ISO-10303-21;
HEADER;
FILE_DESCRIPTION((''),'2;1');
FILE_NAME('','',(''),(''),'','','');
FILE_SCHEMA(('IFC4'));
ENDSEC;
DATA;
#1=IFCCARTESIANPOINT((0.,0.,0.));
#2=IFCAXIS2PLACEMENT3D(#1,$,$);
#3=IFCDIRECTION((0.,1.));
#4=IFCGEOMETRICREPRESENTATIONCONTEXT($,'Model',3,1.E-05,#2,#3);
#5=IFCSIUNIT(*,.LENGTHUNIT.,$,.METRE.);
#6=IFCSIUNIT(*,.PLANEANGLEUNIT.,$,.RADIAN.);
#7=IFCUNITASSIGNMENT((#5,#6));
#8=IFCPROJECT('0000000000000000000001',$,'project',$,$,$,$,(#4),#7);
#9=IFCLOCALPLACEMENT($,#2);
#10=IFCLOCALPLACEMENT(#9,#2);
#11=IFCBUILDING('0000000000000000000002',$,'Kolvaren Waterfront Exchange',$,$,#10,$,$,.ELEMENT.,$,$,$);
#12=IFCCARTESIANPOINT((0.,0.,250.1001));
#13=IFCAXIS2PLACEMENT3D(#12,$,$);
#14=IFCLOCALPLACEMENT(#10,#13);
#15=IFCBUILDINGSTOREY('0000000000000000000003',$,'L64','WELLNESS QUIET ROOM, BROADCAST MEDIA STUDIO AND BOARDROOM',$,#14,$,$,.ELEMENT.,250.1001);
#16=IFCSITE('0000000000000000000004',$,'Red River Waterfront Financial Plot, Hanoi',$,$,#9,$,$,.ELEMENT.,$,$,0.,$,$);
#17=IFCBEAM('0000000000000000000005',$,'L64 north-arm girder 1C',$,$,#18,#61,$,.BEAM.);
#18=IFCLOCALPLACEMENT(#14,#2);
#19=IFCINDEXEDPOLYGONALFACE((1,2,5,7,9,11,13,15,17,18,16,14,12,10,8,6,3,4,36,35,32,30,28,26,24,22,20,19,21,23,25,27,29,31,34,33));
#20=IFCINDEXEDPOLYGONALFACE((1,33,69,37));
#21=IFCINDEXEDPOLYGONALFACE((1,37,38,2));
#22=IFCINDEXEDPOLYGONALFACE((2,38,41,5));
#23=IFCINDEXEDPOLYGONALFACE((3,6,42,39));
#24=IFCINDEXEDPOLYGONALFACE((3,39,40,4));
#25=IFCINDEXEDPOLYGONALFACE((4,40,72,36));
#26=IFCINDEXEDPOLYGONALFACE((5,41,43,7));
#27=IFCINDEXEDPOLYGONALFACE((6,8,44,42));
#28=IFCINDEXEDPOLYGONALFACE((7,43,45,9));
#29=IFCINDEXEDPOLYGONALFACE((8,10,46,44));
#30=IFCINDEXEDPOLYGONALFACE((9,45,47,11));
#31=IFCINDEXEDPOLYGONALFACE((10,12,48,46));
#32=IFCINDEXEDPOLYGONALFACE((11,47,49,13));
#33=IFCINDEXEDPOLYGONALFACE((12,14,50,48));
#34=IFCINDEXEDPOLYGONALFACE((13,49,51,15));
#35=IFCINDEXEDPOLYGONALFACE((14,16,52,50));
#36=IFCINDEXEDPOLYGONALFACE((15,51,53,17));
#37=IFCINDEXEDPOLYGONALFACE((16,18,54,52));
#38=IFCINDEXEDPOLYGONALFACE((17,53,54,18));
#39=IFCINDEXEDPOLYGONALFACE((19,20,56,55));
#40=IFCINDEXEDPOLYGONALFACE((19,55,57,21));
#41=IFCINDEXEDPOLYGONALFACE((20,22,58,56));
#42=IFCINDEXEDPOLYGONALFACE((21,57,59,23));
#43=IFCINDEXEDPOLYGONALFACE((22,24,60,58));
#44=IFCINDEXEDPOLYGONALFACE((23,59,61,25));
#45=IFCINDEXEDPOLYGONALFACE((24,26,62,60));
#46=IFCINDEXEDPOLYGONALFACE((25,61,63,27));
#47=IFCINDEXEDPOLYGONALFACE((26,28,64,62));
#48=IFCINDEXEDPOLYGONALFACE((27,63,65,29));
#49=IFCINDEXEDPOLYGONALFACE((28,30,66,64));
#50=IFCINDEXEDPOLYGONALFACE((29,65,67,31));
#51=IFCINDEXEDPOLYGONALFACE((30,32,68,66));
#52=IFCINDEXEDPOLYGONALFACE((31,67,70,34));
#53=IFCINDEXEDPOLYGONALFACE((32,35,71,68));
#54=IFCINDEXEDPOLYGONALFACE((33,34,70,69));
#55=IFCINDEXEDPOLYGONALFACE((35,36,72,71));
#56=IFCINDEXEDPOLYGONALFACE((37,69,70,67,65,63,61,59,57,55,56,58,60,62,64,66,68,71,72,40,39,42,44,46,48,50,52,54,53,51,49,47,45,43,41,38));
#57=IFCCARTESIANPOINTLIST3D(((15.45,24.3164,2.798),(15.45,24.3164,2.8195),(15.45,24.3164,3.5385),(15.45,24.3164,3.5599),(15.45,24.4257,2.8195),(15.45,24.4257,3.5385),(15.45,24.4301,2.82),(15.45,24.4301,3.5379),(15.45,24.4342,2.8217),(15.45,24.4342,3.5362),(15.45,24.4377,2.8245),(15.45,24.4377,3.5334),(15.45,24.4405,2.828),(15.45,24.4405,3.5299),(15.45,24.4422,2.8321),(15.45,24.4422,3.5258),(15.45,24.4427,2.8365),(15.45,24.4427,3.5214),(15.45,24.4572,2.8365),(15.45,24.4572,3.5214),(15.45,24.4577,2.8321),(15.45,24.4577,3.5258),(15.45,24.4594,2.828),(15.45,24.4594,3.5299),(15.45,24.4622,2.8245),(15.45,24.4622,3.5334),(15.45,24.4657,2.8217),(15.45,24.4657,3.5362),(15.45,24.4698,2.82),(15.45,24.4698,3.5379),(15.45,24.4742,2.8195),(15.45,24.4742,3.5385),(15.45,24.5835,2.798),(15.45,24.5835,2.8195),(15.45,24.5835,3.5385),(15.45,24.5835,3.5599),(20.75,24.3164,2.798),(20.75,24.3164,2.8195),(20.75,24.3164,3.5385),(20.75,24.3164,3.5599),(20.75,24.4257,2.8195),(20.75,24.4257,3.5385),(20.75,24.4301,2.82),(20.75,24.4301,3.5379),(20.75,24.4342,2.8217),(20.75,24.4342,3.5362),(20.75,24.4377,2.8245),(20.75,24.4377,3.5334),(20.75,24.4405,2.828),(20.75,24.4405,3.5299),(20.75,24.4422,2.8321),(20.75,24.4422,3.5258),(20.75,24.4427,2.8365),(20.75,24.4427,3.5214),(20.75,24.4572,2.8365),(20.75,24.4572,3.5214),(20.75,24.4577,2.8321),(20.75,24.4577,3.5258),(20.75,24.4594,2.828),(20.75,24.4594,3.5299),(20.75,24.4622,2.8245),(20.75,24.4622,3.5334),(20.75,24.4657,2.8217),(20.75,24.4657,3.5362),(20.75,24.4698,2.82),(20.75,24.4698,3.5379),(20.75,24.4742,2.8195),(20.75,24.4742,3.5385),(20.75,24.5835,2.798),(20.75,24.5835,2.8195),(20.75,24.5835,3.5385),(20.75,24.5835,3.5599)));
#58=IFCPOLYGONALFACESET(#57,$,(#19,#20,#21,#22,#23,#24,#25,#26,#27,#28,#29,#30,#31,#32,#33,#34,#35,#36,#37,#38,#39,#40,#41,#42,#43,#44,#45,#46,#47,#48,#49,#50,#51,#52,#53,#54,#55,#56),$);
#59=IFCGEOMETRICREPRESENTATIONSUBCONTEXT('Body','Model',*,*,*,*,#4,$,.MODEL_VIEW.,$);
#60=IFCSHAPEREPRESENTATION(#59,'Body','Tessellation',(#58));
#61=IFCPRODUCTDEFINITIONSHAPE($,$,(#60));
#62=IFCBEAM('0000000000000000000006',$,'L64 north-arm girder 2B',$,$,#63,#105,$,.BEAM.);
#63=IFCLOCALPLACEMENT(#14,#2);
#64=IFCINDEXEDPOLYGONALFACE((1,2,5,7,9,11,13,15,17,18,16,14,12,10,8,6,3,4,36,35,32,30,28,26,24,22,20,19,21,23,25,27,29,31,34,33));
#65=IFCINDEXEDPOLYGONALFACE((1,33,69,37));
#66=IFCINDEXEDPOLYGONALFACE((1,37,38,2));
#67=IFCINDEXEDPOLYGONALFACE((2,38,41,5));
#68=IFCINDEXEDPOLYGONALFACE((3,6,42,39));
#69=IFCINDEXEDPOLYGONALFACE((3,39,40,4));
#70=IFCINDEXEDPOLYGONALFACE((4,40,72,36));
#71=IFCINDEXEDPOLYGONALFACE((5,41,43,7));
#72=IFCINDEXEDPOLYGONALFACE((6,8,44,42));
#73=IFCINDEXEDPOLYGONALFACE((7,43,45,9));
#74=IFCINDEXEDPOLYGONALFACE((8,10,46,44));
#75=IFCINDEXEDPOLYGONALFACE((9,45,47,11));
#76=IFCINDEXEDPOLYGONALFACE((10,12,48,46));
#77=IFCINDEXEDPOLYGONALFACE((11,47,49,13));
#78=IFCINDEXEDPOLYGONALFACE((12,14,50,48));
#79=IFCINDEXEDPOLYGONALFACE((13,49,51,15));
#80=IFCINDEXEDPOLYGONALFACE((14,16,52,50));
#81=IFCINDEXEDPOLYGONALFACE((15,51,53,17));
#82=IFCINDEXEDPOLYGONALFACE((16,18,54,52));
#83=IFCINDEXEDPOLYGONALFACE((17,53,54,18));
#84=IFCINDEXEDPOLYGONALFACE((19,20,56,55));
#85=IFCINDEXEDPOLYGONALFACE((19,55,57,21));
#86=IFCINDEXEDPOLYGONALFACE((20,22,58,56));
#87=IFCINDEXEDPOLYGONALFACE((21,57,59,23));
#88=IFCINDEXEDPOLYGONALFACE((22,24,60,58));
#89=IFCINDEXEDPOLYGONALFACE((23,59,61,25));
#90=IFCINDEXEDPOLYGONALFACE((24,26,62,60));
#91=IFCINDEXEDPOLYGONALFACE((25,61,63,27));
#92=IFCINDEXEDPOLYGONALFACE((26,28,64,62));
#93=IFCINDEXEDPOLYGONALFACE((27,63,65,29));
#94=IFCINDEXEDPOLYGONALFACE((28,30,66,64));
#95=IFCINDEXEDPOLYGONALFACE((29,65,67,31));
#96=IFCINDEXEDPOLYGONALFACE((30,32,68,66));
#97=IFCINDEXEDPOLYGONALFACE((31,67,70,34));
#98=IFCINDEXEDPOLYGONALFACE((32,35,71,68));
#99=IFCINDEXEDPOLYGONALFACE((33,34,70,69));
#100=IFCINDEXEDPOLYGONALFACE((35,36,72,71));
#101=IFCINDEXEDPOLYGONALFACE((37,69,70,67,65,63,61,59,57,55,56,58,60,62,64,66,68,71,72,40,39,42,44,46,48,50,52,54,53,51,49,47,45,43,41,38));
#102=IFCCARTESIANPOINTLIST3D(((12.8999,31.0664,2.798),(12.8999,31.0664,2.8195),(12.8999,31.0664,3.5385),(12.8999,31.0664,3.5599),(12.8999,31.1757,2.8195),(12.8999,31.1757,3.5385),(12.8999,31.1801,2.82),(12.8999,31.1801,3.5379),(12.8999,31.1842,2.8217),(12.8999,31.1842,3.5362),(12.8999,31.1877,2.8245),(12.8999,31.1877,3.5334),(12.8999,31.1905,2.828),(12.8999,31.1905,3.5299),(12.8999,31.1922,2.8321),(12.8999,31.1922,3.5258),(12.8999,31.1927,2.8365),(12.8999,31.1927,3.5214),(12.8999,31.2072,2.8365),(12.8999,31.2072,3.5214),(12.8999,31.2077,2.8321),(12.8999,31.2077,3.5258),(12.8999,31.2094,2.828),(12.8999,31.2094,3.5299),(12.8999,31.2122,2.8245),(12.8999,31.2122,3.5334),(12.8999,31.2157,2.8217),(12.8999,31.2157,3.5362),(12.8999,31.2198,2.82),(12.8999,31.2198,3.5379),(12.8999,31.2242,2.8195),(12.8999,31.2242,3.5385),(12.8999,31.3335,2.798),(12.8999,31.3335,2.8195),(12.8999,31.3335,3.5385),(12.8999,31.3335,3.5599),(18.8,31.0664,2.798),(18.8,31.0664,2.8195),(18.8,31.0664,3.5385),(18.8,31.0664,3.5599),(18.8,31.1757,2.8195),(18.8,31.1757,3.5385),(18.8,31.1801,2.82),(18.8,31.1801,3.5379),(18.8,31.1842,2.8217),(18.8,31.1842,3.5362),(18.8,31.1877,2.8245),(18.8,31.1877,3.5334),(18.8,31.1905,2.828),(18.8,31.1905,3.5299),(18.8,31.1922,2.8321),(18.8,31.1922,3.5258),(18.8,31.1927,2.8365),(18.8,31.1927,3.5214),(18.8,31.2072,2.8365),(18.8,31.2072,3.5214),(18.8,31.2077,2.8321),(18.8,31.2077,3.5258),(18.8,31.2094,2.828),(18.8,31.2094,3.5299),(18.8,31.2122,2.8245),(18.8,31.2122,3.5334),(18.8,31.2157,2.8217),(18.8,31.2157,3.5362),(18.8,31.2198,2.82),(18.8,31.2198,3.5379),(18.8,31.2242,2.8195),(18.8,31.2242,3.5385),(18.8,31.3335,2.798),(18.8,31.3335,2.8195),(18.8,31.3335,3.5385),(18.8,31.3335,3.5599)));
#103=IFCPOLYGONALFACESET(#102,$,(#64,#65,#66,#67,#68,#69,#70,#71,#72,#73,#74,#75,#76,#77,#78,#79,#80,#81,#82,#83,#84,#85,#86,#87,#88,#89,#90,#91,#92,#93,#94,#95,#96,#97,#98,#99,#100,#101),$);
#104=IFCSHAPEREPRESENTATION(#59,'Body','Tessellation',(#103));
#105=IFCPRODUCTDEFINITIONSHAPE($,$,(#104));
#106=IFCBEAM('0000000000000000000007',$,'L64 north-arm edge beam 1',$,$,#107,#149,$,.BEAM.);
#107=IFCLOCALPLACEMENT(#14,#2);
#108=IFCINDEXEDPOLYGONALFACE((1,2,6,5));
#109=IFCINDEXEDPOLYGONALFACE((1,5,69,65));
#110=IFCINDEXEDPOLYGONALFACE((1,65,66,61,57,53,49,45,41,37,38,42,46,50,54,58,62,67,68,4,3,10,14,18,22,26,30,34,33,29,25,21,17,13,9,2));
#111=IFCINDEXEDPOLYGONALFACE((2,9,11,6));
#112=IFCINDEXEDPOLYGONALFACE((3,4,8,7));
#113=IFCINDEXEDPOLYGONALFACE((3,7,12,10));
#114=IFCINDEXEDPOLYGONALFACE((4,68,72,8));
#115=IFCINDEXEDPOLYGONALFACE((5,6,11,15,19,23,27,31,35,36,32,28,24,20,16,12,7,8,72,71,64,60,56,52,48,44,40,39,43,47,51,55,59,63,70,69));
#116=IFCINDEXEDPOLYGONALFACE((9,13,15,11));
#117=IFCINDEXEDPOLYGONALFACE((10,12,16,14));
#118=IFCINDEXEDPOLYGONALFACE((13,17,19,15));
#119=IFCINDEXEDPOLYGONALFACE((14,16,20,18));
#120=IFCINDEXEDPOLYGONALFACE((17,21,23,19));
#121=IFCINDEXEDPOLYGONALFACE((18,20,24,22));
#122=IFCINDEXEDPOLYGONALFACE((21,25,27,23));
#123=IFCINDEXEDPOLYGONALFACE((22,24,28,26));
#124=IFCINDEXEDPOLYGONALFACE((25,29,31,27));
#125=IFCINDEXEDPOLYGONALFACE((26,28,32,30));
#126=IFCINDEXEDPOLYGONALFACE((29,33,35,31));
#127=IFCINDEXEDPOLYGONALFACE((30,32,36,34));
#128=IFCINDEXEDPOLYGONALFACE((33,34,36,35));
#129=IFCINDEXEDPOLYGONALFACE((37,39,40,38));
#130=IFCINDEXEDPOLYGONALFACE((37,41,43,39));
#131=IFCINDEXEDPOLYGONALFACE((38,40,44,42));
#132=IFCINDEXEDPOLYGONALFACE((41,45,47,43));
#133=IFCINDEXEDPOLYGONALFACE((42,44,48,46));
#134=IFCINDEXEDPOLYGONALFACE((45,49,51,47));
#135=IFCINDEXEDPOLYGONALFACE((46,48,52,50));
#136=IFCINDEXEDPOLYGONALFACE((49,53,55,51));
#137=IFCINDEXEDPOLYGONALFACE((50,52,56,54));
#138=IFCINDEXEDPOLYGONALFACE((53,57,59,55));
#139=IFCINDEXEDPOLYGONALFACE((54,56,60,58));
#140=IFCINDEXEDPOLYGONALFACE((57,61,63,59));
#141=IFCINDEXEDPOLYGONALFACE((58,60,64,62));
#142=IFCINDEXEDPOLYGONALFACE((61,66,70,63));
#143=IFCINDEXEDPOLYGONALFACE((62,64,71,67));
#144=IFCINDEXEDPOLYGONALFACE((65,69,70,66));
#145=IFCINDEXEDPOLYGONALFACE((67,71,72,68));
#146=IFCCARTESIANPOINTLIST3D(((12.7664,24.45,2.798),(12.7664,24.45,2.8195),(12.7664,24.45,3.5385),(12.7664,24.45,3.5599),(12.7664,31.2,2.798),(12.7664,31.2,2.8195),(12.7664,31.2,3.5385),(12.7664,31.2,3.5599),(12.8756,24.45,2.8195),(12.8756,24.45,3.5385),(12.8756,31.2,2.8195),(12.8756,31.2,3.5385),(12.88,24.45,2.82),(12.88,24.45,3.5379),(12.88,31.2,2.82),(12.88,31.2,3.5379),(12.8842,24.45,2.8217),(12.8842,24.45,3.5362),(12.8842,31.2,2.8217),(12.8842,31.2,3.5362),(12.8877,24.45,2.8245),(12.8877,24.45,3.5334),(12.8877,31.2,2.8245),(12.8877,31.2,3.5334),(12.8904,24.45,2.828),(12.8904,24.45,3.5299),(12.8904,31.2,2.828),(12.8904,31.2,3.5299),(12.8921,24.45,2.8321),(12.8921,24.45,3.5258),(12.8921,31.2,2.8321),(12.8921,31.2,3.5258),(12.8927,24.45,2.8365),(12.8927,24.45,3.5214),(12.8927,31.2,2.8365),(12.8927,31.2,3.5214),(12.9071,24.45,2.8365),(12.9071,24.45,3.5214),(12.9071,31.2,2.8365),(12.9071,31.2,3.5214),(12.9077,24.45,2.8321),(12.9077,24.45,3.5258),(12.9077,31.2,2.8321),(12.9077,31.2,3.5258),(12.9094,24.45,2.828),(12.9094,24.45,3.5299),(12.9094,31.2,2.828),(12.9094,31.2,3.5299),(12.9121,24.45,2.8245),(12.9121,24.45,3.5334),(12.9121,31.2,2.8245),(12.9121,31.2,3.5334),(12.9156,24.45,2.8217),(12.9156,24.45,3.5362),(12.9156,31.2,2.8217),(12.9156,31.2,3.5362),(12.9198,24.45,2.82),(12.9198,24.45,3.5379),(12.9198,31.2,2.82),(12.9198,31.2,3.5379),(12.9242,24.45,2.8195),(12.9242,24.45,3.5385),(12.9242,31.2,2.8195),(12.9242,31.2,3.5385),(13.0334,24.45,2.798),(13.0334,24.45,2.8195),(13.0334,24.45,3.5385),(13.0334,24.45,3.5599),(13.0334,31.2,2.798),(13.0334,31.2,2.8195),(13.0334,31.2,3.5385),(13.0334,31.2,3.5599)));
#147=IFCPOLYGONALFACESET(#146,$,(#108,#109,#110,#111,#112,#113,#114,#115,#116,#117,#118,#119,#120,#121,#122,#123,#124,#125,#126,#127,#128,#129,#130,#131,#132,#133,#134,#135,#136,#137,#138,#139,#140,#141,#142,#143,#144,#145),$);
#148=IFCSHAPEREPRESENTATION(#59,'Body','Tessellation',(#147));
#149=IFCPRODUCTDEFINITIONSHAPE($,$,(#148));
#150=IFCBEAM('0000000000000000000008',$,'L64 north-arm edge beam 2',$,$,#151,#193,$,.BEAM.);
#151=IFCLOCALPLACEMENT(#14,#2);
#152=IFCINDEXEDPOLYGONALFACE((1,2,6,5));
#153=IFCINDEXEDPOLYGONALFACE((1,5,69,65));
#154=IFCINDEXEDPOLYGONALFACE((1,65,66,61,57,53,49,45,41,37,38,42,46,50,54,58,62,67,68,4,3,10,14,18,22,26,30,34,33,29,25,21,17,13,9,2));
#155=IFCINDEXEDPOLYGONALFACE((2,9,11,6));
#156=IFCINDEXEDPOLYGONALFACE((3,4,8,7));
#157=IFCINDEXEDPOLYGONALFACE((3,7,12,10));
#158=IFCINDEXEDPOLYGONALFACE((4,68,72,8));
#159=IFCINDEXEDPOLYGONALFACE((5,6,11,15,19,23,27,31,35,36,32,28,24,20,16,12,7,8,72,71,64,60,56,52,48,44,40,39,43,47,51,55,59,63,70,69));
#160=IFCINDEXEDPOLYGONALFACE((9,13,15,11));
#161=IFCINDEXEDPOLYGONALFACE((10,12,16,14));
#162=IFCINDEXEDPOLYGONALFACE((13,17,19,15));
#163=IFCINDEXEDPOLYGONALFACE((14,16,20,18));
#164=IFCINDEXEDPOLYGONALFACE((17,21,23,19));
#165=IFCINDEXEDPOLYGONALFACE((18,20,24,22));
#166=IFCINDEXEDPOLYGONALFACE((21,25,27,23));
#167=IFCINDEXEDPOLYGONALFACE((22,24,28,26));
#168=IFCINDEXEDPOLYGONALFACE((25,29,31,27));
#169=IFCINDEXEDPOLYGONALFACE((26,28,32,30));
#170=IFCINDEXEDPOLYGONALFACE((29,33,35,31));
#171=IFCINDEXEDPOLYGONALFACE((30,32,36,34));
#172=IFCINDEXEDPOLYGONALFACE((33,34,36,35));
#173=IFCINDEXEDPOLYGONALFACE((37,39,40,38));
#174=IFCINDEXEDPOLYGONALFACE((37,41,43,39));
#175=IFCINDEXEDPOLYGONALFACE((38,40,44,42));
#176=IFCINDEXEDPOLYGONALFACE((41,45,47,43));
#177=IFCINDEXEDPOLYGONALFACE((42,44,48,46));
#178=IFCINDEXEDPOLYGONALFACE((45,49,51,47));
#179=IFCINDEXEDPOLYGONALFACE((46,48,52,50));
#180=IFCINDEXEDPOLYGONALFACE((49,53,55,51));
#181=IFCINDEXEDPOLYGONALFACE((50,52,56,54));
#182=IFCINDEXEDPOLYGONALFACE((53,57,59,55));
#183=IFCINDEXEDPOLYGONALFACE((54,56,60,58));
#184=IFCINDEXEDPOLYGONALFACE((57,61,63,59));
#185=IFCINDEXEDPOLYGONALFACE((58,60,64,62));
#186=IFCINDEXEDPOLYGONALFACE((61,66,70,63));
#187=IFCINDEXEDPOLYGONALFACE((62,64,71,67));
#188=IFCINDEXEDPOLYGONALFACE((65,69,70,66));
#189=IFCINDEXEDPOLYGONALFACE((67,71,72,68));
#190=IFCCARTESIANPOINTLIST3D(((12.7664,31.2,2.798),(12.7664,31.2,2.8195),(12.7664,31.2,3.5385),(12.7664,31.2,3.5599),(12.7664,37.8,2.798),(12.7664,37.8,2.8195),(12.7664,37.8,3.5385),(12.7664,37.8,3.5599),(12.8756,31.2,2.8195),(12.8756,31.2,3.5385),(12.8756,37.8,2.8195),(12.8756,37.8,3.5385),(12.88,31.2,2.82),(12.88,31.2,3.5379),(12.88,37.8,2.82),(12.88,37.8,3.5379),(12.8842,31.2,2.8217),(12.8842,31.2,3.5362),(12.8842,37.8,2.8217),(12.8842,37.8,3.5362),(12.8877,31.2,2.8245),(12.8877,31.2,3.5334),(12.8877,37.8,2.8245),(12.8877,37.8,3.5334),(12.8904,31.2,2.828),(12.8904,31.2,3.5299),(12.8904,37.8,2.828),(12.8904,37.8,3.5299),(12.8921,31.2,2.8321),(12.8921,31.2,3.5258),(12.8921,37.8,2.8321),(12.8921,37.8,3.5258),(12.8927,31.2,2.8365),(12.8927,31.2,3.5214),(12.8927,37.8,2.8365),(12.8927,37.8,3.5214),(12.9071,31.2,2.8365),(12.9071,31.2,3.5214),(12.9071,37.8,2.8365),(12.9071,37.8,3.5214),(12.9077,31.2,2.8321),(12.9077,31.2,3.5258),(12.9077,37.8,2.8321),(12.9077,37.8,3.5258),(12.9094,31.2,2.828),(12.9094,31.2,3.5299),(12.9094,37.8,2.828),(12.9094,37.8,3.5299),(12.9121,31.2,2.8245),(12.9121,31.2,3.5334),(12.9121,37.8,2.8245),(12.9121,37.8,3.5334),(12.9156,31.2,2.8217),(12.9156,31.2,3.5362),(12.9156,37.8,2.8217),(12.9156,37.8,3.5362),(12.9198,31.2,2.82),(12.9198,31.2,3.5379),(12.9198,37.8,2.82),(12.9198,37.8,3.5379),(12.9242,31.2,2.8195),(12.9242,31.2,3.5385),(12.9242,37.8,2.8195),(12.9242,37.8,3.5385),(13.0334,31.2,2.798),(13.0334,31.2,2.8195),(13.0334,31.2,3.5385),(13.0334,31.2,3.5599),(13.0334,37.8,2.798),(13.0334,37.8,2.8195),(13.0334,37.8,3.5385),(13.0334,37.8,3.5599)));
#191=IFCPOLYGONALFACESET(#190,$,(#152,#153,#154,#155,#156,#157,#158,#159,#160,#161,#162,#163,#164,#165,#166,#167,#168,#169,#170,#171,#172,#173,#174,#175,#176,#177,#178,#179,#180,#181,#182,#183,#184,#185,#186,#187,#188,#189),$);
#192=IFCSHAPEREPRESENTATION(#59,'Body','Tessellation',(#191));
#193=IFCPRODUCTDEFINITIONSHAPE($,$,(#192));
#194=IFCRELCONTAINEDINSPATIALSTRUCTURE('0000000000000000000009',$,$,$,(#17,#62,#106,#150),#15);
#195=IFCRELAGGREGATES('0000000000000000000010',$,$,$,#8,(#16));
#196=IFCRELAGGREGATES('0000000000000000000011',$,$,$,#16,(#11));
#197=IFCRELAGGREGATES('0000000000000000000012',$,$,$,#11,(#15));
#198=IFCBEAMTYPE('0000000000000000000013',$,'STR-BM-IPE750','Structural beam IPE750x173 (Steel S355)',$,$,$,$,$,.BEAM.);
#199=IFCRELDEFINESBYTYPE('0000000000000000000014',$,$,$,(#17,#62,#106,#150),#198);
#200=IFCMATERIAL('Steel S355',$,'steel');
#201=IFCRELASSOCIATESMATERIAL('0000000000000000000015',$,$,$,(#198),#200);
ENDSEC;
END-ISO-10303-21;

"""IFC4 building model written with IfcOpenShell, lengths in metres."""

from ifc_helpers import new_model, si_unit, direction, frame, origin, origin_2d, place, context, subcontext, project, spatial, i_section, extrude, material, material_profile, profile_set, type_object, element, save


model = new_model("IFC4")

# Units and contexts
model_context = context("Model", 3, precision=1e-05, world=origin(), true_north=direction((0.0, 1.0)))
body_context = subcontext(model_context, "Body", "Model", "MODEL_VIEW")
ifc_project = project(units=[si_unit("LENGTHUNIT", "METRE"), si_unit("PLANEANGLEUNIT", "RADIAN")], contexts=[model_context])

# Site, building, storey
site_placement = place(None, origin())
site = spatial("IfcSite", under=ifc_project, at=site_placement, Name="Red River Waterfront Financial Plot, Hanoi", CompositionType="ELEMENT", RefElevation=0.0)
building_placement = place(site_placement, origin())
building = spatial("IfcBuilding", under=site, at=building_placement, Name="Kolvaren Waterfront Exchange", CompositionType="ELEMENT")
storey_placement = place(building_placement, frame((0.0, 0.0, 250.1001)))
storey = spatial("IfcBuildingStorey", under=building, at=storey_placement, Name="L64", Description="WELLNESS QUIET ROOM, BROADCAST MEDIA STUDIO AND BOARDROOM", CompositionType="ELEMENT", Elevation=250.1001)

# Beams
ifc_material_1 = material(Name="Steel S355", Category="steel")
ifc_material_profile_1 = material_profile(ifc_material_1, i_section(OverallWidth=0.2671, OverallDepth=0.762, WebThickness=0.0144, FlangeThickness=0.0215, FilletRadius=0.0171, at=origin_2d()), Name="IPE750x173")
ifc_profile_set_1 = profile_set([ifc_material_profile_1], Name="Steel S355")
beam_type_1 = type_object("IfcBeamType", Name="STR-BM-IPE750", Description="Structural beam IPE750x173 (Steel S355)", PredefinedType="BEAM", material=ifc_profile_set_1)
beam_1_placement = place(storey_placement, frame((15.45, 24.45, 3.179), z_axis=(1.0, 0.0, 0.0), x_axis=(0.0, 1.0, 0.0)))
element("IfcBeam", 1, at=beam_1_placement, inside=storey, type_object=beam_type_1, Name="L64 north-arm girder 1C", PredefinedType="BEAM", context=body_context, shape_type="SweptSolid", body=[
    extrude(i_section(OverallWidth=0.2671, OverallDepth=0.762, WebThickness=0.0144, FlangeThickness=0.0215, FilletRadius=0.0171, at=origin_2d()), origin(), (0.0, 0.0, 1.0), 5.3),
])
beam_2_placement = place(storey_placement, frame((12.8999, 31.2, 3.179), z_axis=(1.0, 0.0, 0.0), x_axis=(0.0, 1.0, 0.0)))
element("IfcBeam", 2, at=beam_2_placement, inside=storey, type_object=beam_type_1, Name="L64 north-arm girder 2B", PredefinedType="BEAM", context=body_context, shape_type="SweptSolid", body=[
    extrude(i_section(OverallWidth=0.2671, OverallDepth=0.762, WebThickness=0.0144, FlangeThickness=0.0215, FilletRadius=0.0171, at=origin_2d()), origin(), (0.0, 0.0, 1.0), 5.9001),
])
beam_3_placement = place(storey_placement, frame((12.8999, 24.45, 3.179), z_axis=(0.0, 1.0, 0.0), x_axis=(-1.0, 0.0, 0.0)))
element("IfcBeam", 3, at=beam_3_placement, inside=storey, type_object=beam_type_1, Name="L64 north-arm edge beam 1", PredefinedType="BEAM", context=body_context, shape_type="SweptSolid", body=[
    extrude(i_section(OverallWidth=0.2671, OverallDepth=0.762, WebThickness=0.0144, FlangeThickness=0.0215, FilletRadius=0.0171, at=origin_2d()), origin(), (0.0, 0.0, 1.0), 6.75),
])
beam_4_placement = place(storey_placement, frame((12.8999, 31.2, 3.179), z_axis=(0.0, 1.0, 0.0), x_axis=(-1.0, 0.0, 0.0)))
element("IfcBeam", 4, at=beam_4_placement, inside=storey, type_object=beam_type_1, Name="L64 north-arm edge beam 2", PredefinedType="BEAM", context=body_context, shape_type="SweptSolid", body=[
    extrude(i_section(OverallWidth=0.2671, OverallDepth=0.762, WebThickness=0.0144, FlangeThickness=0.0215, FilletRadius=0.0171, at=origin_2d()), origin(), (0.0, 0.0, 1.0), 6.6001),
])

save(model, "model.ifc")
